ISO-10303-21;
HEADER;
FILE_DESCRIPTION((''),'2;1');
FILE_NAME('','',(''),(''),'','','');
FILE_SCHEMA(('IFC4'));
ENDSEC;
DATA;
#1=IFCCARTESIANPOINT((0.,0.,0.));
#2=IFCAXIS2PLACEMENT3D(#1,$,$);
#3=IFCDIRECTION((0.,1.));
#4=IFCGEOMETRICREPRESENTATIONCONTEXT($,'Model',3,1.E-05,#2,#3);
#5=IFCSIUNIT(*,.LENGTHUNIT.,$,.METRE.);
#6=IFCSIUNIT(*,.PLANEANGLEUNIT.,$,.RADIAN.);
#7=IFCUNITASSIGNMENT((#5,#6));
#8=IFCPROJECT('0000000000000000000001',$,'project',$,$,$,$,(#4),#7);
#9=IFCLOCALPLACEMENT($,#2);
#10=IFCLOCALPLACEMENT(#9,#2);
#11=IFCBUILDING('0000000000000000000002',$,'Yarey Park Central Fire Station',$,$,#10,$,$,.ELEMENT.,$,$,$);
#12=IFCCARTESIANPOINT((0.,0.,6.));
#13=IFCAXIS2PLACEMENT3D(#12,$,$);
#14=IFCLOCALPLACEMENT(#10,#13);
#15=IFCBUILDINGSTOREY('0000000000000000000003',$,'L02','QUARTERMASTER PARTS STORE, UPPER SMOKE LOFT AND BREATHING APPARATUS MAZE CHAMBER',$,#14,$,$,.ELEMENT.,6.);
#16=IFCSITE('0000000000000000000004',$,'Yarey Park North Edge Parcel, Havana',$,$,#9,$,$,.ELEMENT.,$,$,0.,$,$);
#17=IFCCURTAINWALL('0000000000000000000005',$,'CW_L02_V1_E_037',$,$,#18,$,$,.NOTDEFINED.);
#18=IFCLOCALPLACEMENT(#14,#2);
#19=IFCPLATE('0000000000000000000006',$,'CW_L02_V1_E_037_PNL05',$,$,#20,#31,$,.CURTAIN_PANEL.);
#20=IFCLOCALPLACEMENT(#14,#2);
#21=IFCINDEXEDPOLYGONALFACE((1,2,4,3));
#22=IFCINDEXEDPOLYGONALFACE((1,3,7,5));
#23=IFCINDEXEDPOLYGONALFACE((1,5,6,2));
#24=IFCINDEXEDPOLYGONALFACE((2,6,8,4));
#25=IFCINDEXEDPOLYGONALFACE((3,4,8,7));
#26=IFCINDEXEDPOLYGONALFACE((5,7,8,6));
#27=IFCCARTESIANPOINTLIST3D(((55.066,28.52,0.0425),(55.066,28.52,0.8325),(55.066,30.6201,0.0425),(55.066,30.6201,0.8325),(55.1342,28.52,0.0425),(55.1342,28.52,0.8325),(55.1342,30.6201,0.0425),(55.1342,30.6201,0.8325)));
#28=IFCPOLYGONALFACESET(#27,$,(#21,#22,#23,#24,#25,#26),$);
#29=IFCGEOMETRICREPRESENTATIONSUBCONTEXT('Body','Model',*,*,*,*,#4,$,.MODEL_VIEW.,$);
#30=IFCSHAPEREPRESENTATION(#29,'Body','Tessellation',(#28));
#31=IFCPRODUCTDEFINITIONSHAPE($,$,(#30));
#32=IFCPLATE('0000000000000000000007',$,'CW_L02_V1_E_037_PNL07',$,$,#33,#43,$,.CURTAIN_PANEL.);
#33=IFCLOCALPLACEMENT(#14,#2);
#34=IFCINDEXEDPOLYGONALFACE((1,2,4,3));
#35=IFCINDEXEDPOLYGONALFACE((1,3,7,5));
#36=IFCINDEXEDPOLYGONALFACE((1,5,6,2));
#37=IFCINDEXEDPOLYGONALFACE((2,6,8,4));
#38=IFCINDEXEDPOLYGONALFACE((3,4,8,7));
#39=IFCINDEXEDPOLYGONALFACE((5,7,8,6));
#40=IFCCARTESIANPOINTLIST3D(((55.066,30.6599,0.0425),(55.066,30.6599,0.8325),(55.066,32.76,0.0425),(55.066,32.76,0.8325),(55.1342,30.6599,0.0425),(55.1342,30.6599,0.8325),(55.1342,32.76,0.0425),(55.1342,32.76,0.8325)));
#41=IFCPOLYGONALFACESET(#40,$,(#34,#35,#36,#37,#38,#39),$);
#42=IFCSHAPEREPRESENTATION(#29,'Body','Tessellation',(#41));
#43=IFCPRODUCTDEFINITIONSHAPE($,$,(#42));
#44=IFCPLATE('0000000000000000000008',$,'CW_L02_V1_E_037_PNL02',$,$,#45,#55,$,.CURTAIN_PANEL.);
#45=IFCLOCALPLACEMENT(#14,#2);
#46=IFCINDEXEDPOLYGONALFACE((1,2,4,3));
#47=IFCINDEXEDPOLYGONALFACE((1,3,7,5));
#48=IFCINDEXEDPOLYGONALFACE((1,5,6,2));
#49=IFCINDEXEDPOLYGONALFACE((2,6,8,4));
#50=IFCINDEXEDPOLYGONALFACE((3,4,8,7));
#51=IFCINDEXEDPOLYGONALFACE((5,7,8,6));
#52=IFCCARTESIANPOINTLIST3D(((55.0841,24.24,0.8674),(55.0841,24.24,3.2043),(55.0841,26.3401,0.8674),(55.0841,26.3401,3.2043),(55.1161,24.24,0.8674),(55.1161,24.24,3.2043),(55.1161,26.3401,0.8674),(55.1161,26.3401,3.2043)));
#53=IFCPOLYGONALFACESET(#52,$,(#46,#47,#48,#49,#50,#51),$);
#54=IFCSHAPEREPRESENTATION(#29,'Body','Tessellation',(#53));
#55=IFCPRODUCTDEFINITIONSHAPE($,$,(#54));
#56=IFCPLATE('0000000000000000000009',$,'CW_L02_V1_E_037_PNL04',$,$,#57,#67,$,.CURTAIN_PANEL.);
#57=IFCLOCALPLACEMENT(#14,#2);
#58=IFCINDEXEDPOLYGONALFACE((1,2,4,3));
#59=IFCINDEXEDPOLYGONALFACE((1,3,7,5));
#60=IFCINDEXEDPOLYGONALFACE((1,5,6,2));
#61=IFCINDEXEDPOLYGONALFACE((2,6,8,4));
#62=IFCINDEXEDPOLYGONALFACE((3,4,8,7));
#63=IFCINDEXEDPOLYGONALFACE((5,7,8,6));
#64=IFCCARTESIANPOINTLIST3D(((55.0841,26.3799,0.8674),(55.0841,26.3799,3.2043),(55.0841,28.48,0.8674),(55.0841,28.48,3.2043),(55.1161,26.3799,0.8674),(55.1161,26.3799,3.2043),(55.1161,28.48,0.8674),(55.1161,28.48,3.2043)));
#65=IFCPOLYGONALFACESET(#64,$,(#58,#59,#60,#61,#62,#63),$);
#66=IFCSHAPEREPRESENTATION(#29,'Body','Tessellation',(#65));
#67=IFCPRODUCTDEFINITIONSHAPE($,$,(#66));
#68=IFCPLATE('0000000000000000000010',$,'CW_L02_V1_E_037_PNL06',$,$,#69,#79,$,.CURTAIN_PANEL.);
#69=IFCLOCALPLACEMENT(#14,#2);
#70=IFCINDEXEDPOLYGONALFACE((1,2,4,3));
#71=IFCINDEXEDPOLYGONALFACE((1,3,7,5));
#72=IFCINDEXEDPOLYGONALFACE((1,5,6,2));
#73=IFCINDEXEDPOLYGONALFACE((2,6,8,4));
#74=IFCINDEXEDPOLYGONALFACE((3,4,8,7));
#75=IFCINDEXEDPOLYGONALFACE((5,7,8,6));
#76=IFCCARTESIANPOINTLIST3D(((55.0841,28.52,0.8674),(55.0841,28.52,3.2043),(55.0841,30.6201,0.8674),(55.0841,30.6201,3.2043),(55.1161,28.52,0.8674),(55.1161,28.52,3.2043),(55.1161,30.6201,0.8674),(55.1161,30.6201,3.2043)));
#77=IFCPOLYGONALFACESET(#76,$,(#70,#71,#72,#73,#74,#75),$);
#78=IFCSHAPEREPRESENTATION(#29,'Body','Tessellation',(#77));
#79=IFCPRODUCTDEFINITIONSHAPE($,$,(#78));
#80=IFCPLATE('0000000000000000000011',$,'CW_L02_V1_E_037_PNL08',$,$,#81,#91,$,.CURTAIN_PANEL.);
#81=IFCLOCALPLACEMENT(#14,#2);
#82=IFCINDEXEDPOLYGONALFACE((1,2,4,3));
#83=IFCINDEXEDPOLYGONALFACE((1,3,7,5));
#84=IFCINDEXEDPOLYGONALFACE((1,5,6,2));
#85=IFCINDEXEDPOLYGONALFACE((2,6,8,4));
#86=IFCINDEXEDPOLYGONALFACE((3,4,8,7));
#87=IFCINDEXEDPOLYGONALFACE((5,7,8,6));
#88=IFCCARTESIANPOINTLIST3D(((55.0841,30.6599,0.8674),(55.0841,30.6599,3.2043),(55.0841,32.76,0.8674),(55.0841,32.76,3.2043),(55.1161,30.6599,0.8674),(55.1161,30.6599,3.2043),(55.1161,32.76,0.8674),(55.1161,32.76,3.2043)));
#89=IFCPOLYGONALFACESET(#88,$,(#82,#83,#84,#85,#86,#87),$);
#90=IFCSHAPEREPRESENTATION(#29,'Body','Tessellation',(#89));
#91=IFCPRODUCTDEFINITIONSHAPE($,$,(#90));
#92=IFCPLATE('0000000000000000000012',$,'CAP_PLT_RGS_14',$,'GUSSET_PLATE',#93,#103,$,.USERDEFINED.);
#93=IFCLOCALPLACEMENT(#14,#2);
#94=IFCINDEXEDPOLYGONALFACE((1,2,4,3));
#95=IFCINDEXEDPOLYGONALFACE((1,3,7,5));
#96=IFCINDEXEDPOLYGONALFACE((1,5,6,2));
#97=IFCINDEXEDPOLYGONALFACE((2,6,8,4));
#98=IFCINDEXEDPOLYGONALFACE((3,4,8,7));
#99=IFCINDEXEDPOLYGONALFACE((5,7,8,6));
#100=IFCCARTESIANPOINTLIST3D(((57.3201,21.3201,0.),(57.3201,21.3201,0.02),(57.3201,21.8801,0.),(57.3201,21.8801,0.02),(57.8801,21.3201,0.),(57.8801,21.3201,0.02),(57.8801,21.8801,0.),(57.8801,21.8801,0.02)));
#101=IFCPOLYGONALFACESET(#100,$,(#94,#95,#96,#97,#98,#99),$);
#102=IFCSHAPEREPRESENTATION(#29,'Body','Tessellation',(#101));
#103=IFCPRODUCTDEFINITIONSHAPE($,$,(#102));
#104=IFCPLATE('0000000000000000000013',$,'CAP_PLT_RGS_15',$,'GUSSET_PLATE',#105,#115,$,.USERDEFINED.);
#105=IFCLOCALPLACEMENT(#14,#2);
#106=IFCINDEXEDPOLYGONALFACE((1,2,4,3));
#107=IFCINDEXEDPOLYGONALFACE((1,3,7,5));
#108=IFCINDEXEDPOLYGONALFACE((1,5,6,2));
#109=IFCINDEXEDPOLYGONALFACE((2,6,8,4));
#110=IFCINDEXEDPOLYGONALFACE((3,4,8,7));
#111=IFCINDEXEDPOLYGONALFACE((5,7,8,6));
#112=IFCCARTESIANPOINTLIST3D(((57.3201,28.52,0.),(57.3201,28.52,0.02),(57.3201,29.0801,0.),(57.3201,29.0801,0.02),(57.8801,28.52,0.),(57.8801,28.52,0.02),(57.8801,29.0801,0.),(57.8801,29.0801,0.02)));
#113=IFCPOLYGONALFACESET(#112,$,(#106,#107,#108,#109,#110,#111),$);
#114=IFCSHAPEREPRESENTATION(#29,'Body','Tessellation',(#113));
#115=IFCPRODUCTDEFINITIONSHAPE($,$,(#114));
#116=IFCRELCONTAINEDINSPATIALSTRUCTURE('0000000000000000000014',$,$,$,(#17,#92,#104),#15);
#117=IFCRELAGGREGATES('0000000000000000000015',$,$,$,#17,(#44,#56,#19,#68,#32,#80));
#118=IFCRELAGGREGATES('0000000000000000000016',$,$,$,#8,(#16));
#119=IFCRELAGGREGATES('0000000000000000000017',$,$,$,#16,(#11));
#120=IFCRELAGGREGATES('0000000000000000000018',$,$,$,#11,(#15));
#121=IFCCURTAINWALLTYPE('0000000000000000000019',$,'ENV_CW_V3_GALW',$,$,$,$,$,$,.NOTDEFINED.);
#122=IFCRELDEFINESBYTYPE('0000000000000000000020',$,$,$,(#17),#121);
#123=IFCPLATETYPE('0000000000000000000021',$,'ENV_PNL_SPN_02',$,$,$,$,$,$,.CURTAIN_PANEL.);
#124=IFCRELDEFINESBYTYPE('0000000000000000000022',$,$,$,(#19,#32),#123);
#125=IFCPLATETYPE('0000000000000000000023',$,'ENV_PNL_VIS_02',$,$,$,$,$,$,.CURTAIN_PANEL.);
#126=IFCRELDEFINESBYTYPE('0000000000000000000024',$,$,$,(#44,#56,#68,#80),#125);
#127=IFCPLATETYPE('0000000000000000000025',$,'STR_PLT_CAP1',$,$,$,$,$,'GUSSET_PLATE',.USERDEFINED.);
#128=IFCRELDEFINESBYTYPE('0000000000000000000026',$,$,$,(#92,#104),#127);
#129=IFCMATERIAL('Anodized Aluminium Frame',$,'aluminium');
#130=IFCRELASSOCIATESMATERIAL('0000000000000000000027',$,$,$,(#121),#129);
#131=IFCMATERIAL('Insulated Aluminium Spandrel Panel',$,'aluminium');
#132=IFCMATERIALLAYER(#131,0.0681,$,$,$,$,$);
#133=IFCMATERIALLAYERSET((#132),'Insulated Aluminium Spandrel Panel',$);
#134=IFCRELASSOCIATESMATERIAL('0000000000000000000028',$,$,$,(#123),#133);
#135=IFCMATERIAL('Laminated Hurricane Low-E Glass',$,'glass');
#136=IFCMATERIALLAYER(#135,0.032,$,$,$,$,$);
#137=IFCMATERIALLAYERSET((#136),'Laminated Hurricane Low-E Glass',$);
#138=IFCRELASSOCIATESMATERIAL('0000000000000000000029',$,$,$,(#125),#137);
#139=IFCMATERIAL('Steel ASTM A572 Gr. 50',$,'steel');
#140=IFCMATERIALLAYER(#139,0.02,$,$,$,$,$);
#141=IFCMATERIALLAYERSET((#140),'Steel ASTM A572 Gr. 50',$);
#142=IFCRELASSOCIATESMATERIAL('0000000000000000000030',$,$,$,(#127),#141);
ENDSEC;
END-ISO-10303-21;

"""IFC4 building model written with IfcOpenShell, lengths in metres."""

from ifc_helpers import new_model, si_unit, direction, frame, origin, origin_2d, place, context, subcontext, project, spatial, rectangle, extrude, material, layer, layer_set, type_object, element, aggregate, save


model = new_model("IFC4")

# Units and contexts
model_context = context("Model", 3, precision=1e-05, world=origin(), true_north=direction((0.0, 1.0)))
body_context = subcontext(model_context, "Body", "Model", "MODEL_VIEW")
ifc_project = project(units=[si_unit("LENGTHUNIT", "METRE"), si_unit("PLANEANGLEUNIT", "RADIAN")], contexts=[model_context])

# Site, building, storey
site_placement = place(None, origin())
site = spatial("IfcSite", under=ifc_project, at=site_placement, Name="Yarey Park North Edge Parcel, Havana", CompositionType="ELEMENT", RefElevation=0.0)
building_placement = place(site_placement, origin())
building = spatial("IfcBuilding", under=site, at=building_placement, Name="Yarey Park Central Fire Station", CompositionType="ELEMENT")
storey_placement = place(building_placement, frame((0.0, 0.0, 6.0)))
storey = spatial("IfcBuildingStorey", under=building, at=storey_placement, Name="L02", Description="QUARTERMASTER PARTS STORE, UPPER SMOKE LOFT AND BREATHING APPARATUS MAZE CHAMBER", CompositionType="ELEMENT", Elevation=6.0)

# Curtain wall
ifc_material_1 = material(Name="Anodized Aluminium Frame", Category="aluminium")
curtain_wall_type = type_object("IfcCurtainWallType", Name="ENV_CW_V3_GALW", PredefinedType="NOTDEFINED", material=ifc_material_1)
curtain_wall_1_placement = place(storey_placement, origin())
curtain_wall_1 = element("IfcCurtainWall", 1, at=curtain_wall_1_placement, inside=storey, type_object=curtain_wall_type, Name="CW_L02_V1_E_037", PredefinedType="NOTDEFINED")

# Plates
ifc_material_2 = material(Name="Insulated Aluminium Spandrel Panel", Category="aluminium")
ifc_layer_1 = layer(ifc_material_2, 0.0681)
ifc_layer_set_1 = layer_set([ifc_layer_1], Name="Insulated Aluminium Spandrel Panel")
plate_type_1 = type_object("IfcPlateType", Name="ENV_PNL_SPN_02", PredefinedType="CURTAIN_PANEL", material=ifc_layer_set_1)
plate_1_placement = place(storey_placement, frame((55.1001, 29.5701, 0.0425), z_axis=(0.0, 0.0, 1.0), x_axis=(0.0, 1.0, 0.0)))
plate_1 = element("IfcPlate", 2, at=plate_1_placement, type_object=plate_type_1, Name="CW_L02_V1_E_037_PNL05", PredefinedType="CURTAIN_PANEL", context=body_context, shape_type="SweptSolid", body=[
    extrude(rectangle(XDim=2.1001, YDim=0.0681, at=origin_2d()), origin(), (0.0, 0.0, 1.0), 0.79),
])
plate_2_placement = place(storey_placement, frame((55.1001, 31.71, 0.0425), z_axis=(0.0, 0.0, 1.0), x_axis=(0.0, 1.0, 0.0)))
plate_2 = element("IfcPlate", 3, at=plate_2_placement, type_object=plate_type_1, Name="CW_L02_V1_E_037_PNL07", PredefinedType="CURTAIN_PANEL", context=body_context, shape_type="SweptSolid", body=[
    extrude(rectangle(XDim=2.1001, YDim=0.0681, at=origin_2d()), origin(), (0.0, 0.0, 1.0), 0.79),
])
ifc_material_3 = material(Name="Laminated Hurricane Low-E Glass", Category="glass")
ifc_layer_2 = layer(ifc_material_3, 0.032)
ifc_layer_set_2 = layer_set([ifc_layer_2], Name="Laminated Hurricane Low-E Glass")
plate_type_2 = type_object("IfcPlateType", Name="ENV_PNL_VIS_02", PredefinedType="CURTAIN_PANEL", material=ifc_layer_set_2)
plate_3_placement = place(storey_placement, frame((55.1001, 25.29, 0.8674), z_axis=(0.0, 0.0, 1.0), x_axis=(0.0, 1.0, 0.0)))
plate_3 = element("IfcPlate", 4, at=plate_3_placement, type_object=plate_type_2, Name="CW_L02_V1_E_037_PNL02", PredefinedType="CURTAIN_PANEL", context=body_context, shape_type="SweptSolid", body=[
    extrude(rectangle(XDim=2.1001, YDim=0.032, at=origin_2d()), origin(), (0.0, 0.0, 1.0), 2.3369),
])
plate_4_placement = place(storey_placement, frame((55.1001, 27.4299, 0.8674), z_axis=(0.0, 0.0, 1.0), x_axis=(0.0, 1.0, 0.0)))
plate_4 = element("IfcPlate", 5, at=plate_4_placement, type_object=plate_type_2, Name="CW_L02_V1_E_037_PNL04", PredefinedType="CURTAIN_PANEL", context=body_context, shape_type="SweptSolid", body=[
    extrude(rectangle(XDim=2.1001, YDim=0.032, at=origin_2d()), origin(), (0.0, 0.0, 1.0), 2.3369),
])
plate_5_placement = place(storey_placement, frame((55.1001, 29.5701, 0.8674), z_axis=(0.0, 0.0, 1.0), x_axis=(0.0, 1.0, 0.0)))
plate_5 = element("IfcPlate", 6, at=plate_5_placement, type_object=plate_type_2, Name="CW_L02_V1_E_037_PNL06", PredefinedType="CURTAIN_PANEL", context=body_context, shape_type="SweptSolid", body=[
    extrude(rectangle(XDim=2.1001, YDim=0.032, at=origin_2d()), origin(), (0.0, 0.0, 1.0), 2.3369),
])
plate_6_placement = place(storey_placement, frame((55.1001, 31.71, 0.8674), z_axis=(0.0, 0.0, 1.0), x_axis=(0.0, 1.0, 0.0)))
plate_6 = element("IfcPlate", 7, at=plate_6_placement, type_object=plate_type_2, Name="CW_L02_V1_E_037_PNL08", PredefinedType="CURTAIN_PANEL", context=body_context, shape_type="SweptSolid", body=[
    extrude(rectangle(XDim=2.1001, YDim=0.032, at=origin_2d()), origin(), (0.0, 0.0, 1.0), 2.3369),
])
aggregate(curtain_wall_1, [plate_3, plate_4, plate_1, plate_5, plate_2, plate_6])

# Plates
ifc_material_4 = material(Name="Steel ASTM A572 Gr. 50", Category="steel")
ifc_layer_3 = layer(ifc_material_4, 0.02)
ifc_layer_set_3 = layer_set([ifc_layer_3], Name="Steel ASTM A572 Gr. 50")
plate_type_3 = type_object("IfcPlateType", Name="STR_PLT_CAP1", ElementType="GUSSET_PLATE", PredefinedType="USERDEFINED", material=ifc_layer_set_3)
for number, where, z_axis, x_axis, name in (
    (8, (57.6001, 21.6001, 0.0), (0.0, 0.0, 1.0), (1.0, 0.0, 0.0), "CAP_PLT_RGS_14"),
    (9, (57.6001, 28.8, 0.0), (0.0, 0.0, 1.0), (1.0, 0.0, 0.0), "CAP_PLT_RGS_15"),
):
    element("IfcPlate", number, at=place(storey_placement, frame(where, z_axis=z_axis, x_axis=x_axis)), inside=storey, type_object=plate_type_3, Name=name, ObjectType="GUSSET_PLATE", PredefinedType="USERDEFINED", context=body_context, shape_type="SweptSolid", body=[
        extrude(rectangle(XDim=0.5601, YDim=0.5601, at=origin_2d()), origin(), (0.0, 0.0, 1.0), 0.02),
    ])

save(model, "model.ifc")
